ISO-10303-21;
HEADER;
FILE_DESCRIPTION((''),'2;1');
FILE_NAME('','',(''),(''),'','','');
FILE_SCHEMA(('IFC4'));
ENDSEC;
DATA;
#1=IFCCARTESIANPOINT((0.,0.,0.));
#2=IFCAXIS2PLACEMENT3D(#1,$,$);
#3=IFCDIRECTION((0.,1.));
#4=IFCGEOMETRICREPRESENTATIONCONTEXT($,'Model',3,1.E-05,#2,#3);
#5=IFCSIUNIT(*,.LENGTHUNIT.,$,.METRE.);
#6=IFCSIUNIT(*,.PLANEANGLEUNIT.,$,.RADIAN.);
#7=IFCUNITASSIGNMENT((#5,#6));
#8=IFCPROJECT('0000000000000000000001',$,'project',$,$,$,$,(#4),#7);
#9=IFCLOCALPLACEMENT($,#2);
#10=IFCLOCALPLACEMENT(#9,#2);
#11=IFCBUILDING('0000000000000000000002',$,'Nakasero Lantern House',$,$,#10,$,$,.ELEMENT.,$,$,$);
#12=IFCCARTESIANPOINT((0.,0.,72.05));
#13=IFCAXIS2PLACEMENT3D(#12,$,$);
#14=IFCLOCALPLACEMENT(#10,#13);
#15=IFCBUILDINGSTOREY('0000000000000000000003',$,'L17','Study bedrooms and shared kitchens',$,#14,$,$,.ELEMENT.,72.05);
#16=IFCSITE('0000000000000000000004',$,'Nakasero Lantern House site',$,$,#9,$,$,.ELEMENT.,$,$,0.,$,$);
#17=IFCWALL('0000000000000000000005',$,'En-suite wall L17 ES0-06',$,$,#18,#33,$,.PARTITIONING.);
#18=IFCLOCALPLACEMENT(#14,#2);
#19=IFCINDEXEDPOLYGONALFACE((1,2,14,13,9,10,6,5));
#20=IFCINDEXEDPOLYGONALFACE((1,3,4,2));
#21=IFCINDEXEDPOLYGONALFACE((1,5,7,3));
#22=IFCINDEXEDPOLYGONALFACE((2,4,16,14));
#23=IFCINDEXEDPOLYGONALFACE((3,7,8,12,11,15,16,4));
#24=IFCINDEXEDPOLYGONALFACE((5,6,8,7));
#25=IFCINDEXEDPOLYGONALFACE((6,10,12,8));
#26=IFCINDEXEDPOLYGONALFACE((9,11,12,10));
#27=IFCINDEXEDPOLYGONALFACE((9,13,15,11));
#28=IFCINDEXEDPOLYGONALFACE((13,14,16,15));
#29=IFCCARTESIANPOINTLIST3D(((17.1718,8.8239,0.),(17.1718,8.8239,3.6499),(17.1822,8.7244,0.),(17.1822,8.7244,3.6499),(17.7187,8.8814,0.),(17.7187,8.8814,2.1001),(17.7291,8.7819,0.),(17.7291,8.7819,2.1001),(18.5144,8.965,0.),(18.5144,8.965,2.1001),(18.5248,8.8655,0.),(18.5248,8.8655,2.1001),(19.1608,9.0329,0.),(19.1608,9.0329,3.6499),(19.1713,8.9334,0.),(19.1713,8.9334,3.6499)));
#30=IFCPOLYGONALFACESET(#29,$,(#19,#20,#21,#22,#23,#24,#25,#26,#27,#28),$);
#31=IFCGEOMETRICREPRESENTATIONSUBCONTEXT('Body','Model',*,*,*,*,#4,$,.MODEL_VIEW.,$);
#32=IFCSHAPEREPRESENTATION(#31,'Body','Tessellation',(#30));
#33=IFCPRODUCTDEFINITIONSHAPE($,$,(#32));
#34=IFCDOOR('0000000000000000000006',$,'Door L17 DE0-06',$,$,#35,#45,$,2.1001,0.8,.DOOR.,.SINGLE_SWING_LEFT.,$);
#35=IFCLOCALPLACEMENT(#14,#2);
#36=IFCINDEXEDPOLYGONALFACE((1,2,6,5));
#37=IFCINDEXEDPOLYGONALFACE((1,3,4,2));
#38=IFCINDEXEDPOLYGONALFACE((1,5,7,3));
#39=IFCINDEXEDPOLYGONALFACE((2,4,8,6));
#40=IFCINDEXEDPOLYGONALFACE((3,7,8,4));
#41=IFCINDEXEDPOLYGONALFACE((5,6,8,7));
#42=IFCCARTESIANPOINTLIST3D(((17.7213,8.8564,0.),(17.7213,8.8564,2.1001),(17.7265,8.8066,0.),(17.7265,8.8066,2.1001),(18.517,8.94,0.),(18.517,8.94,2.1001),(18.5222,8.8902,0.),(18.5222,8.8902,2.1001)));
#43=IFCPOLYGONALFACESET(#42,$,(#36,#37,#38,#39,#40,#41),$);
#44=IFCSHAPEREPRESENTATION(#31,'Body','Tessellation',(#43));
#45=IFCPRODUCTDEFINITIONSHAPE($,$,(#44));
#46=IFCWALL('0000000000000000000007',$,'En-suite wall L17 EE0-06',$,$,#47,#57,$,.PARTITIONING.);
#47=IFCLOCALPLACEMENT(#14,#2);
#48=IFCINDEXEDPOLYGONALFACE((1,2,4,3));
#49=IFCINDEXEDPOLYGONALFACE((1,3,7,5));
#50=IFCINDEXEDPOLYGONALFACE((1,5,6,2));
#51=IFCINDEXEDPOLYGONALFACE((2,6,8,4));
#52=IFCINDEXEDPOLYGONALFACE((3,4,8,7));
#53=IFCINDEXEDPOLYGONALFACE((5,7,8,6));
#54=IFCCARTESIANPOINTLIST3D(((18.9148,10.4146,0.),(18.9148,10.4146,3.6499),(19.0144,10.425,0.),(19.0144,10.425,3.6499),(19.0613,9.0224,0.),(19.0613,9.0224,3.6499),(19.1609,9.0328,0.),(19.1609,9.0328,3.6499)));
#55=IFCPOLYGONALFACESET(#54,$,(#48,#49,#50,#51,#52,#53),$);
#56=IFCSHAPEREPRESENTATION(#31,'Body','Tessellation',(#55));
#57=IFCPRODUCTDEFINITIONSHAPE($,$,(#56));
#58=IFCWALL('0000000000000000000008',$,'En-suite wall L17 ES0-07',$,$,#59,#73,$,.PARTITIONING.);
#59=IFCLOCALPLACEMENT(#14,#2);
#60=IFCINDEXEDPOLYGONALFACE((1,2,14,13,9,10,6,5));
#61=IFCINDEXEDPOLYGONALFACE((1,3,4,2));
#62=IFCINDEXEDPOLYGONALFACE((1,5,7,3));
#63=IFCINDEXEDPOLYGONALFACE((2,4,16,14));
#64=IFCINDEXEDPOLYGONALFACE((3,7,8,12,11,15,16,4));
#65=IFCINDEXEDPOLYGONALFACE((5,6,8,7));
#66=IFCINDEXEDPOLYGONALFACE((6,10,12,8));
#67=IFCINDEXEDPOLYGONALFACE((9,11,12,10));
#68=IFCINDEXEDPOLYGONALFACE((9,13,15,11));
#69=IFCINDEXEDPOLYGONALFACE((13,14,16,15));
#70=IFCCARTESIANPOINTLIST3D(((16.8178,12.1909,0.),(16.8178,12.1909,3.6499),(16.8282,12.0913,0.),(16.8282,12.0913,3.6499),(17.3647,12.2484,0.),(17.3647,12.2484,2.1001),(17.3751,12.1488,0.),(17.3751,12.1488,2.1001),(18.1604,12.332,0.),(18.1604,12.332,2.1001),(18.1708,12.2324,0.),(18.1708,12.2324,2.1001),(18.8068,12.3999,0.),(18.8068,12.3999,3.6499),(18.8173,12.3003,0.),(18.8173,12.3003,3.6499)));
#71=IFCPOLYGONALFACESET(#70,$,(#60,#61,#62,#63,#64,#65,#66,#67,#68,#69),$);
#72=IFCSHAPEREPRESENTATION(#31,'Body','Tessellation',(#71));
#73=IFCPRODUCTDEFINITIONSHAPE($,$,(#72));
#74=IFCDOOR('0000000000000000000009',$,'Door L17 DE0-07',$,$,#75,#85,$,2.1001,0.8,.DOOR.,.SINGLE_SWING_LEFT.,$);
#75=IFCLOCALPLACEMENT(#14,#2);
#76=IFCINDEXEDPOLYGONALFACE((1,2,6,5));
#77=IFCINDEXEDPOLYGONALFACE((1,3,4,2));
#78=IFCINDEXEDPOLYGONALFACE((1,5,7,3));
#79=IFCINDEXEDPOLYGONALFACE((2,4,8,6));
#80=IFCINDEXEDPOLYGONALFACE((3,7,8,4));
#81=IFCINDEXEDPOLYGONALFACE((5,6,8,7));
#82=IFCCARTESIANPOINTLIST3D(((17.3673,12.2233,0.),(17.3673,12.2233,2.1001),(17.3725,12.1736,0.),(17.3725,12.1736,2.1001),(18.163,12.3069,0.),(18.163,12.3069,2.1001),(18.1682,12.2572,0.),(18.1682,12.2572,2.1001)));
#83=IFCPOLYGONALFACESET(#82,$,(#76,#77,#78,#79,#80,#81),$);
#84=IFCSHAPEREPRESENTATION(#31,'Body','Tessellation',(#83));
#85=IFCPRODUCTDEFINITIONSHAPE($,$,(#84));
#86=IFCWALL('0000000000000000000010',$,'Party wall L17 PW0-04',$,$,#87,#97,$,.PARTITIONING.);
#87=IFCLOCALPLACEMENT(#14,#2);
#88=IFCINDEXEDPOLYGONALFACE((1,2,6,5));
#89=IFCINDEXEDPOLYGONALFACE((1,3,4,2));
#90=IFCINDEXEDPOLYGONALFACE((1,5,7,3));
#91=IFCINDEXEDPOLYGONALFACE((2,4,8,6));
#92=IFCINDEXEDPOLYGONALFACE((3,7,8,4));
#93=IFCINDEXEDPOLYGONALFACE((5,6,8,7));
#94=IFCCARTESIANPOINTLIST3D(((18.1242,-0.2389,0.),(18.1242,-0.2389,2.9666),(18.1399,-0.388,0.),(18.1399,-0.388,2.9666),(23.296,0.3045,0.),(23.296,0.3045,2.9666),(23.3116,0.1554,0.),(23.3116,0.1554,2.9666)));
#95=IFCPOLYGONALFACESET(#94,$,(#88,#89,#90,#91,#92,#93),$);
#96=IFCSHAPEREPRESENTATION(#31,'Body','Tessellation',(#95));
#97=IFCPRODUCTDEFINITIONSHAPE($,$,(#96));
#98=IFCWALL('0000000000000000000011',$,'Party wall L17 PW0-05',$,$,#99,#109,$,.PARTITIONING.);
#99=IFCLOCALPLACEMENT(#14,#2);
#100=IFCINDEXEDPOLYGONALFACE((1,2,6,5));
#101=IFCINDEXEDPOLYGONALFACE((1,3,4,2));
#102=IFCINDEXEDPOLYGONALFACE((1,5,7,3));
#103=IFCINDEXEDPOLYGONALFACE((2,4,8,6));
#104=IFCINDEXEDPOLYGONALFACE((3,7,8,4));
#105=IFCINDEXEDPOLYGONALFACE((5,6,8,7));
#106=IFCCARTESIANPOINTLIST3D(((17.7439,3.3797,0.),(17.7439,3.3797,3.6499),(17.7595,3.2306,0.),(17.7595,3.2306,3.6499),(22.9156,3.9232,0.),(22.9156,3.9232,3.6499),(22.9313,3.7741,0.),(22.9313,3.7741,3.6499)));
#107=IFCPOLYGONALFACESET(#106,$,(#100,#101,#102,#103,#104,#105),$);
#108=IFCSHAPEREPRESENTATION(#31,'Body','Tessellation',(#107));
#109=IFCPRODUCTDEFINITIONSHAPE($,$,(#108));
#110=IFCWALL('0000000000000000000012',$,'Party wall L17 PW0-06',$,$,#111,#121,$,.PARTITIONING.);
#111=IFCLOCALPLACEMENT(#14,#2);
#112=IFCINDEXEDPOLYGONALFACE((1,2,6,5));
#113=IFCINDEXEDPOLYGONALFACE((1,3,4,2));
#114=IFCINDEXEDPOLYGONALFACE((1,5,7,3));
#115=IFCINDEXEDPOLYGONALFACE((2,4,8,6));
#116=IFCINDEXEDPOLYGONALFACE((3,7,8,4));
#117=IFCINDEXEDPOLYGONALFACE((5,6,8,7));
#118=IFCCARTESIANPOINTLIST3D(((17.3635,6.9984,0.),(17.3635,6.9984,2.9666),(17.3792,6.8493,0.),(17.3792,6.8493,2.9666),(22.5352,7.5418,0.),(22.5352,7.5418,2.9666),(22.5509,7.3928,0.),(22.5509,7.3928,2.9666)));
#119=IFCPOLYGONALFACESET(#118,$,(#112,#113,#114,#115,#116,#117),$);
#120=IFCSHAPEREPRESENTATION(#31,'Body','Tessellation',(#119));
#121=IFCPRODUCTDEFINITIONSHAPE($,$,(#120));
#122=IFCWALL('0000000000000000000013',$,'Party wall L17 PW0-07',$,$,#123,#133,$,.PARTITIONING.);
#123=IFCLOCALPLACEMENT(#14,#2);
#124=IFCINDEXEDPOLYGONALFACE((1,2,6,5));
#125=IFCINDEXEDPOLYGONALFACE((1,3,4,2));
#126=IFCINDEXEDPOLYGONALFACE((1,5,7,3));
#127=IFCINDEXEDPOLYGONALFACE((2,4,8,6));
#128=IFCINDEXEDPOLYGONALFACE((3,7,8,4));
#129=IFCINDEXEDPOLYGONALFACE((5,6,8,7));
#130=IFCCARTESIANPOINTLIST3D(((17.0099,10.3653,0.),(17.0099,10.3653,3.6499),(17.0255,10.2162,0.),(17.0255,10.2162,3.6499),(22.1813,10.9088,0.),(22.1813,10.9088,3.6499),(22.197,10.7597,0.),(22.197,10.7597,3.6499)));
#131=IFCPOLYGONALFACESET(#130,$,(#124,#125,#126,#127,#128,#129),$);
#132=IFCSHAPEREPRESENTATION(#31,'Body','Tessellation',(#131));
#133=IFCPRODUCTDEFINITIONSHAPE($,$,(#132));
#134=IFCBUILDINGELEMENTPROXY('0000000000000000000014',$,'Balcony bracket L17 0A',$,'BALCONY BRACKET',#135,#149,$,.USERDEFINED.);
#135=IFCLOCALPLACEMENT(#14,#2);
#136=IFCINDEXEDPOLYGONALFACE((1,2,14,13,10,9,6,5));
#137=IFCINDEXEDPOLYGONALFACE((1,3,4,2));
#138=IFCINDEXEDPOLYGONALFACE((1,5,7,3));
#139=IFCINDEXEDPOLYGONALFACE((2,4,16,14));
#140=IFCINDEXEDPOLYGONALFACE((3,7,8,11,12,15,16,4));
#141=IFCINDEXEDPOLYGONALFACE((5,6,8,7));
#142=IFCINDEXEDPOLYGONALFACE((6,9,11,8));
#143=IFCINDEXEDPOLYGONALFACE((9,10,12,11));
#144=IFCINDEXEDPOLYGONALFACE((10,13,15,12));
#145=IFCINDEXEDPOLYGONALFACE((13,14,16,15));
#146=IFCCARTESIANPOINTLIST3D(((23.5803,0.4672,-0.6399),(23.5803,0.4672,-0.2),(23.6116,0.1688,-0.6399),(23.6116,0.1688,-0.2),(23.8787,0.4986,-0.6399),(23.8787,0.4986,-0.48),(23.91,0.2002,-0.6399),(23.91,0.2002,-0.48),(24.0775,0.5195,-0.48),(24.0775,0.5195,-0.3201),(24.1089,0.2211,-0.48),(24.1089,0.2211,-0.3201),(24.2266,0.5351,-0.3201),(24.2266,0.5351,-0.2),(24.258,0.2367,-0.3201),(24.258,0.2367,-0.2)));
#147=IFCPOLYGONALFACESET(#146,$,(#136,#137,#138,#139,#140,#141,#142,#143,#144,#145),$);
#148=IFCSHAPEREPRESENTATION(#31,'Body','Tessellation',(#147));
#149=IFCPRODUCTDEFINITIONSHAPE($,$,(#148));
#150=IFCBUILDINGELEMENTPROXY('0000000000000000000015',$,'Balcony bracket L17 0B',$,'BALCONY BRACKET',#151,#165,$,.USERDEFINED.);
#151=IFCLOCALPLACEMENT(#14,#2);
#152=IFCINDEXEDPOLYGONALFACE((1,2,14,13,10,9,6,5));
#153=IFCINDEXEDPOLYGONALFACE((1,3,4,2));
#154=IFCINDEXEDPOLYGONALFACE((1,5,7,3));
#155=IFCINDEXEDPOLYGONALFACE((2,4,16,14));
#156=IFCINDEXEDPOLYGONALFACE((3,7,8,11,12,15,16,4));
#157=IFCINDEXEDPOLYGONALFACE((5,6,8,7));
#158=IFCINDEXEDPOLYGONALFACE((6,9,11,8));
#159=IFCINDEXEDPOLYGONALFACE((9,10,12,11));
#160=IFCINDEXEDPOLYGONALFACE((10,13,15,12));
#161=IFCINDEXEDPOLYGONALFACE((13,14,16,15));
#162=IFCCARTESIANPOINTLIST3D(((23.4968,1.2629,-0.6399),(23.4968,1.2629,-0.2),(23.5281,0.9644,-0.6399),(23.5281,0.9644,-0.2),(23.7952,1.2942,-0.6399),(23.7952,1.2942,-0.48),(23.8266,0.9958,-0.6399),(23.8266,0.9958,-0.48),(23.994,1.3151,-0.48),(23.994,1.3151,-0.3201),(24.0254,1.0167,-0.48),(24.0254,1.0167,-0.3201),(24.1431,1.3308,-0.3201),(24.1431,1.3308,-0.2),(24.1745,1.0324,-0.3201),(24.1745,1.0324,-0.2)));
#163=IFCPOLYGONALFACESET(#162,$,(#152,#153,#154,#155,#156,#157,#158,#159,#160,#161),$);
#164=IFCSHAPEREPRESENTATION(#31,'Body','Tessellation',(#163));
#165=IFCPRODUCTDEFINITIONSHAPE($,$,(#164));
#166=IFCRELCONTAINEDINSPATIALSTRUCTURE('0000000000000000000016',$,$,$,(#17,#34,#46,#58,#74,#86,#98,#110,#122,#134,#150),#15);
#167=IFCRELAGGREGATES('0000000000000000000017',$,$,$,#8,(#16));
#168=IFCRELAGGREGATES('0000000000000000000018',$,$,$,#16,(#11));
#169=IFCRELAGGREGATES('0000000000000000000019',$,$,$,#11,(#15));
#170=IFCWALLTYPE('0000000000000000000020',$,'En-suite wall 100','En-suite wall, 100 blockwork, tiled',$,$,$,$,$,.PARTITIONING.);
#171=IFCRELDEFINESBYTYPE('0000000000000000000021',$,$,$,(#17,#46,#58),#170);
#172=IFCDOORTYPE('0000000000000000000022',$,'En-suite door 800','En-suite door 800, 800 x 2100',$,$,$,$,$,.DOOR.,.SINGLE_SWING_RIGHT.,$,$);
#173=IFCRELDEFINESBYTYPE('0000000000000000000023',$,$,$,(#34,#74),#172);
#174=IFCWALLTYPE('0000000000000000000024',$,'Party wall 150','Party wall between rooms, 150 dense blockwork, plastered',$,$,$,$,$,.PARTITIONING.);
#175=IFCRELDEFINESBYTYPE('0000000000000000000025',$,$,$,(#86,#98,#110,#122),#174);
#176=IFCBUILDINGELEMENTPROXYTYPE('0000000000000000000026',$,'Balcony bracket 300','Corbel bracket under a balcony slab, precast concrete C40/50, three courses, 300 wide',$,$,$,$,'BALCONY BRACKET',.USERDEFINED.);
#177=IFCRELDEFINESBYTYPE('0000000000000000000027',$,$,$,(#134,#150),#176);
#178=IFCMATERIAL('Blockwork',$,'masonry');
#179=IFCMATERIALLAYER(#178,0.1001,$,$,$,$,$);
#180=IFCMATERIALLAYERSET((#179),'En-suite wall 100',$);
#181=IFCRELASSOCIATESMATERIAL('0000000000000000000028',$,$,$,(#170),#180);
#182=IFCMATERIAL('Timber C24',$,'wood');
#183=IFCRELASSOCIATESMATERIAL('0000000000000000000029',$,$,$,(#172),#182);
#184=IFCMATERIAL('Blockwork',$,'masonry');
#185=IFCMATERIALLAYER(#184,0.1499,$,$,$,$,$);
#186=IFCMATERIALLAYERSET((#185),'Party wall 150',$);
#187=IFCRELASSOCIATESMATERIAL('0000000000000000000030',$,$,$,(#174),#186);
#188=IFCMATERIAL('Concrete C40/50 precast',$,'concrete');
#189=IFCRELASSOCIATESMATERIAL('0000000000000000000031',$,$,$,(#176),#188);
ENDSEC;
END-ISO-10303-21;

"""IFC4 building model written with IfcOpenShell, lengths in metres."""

from ifc_helpers import new_model, si_unit, direction, frame, frame_2d, origin, place, context, subcontext, project, spatial, polyline, rectangle, outline, extrude, material, layer, layer_set, type_object, element, fill, save


model = new_model("IFC4")

# Units and contexts
model_context = context("Model", 3, precision=1e-05, world=origin(), true_north=direction((0.0, 1.0)))
body_context = subcontext(model_context, "Body", "Model", "MODEL_VIEW")
ifc_project = project(units=[si_unit("LENGTHUNIT", "METRE"), si_unit("PLANEANGLEUNIT", "RADIAN")], contexts=[model_context])

# Site, building, storey
site_placement = place(None, origin())
site = spatial("IfcSite", under=ifc_project, at=site_placement, Name="Nakasero Lantern House site", CompositionType="ELEMENT", RefElevation=0.0)
building_placement = place(site_placement, origin())
building = spatial("IfcBuilding", under=site, at=building_placement, Name="Nakasero Lantern House", CompositionType="ELEMENT")
storey_placement = place(building_placement, frame((0.0, 0.0, 72.05)))
storey = spatial("IfcBuildingStorey", under=building, at=storey_placement, Name="L17", Description="Study bedrooms and shared kitchens", CompositionType="ELEMENT", Elevation=72.05)

# Shared definitions
ifc_material_1 = material(Name="Blockwork", Category="masonry")
ifc_layer_1 = layer(ifc_material_1, 0.1001)
ifc_layer_set_1 = layer_set([ifc_layer_1], Name="En-suite wall 100")
wall_type_1 = type_object("IfcWallType", Name="En-suite wall 100", Description="En-suite wall, 100 blockwork, tiled", PredefinedType="PARTITIONING", material=ifc_layer_set_1)
ifc_material_2 = material(Name="Timber C24", Category="wood")
door_type = type_object("IfcDoorType", Name="En-suite door 800", Description="En-suite door 800, 800 x 2100", OperationType="SINGLE_SWING_RIGHT", PredefinedType="DOOR", material=ifc_material_2)

# Wall, opening, door
wall_1_placement = place(storey_placement, frame((17.177, 8.7742, 0.0), z_axis=(0.0, 0.0, 1.0), x_axis=(0.994526, 0.104494, 0.0)))
wall_1 = element("IfcWall", 1, at=wall_1_placement, inside=storey, type_object=wall_type_1, Name="En-suite wall L17 ES0-06", PredefinedType="PARTITIONING", context=body_context, shape_type="SweptSolid", body=[
    extrude(rectangle(XDim=2.0, YDim=0.1001, at=frame_2d((1.0, 0.0))), origin(), (0.0, 0.0, 1.0), 3.6499),
])
opening_1_placement = place(wall_1_placement, frame((0.55, 0.0, 0.0)))
opening_1 = element("IfcOpeningElement", 2, at=opening_1_placement, cuts=wall_1, PredefinedType="OPENING", context=body_context, shape_type="SweptSolid", body=[
    extrude(rectangle(XDim=0.8, YDim=2.1001, at=frame_2d((0.3999, 1.05))), frame((0.0, 0.0701, 0.0), z_axis=(0.0, -1.0, 0.0), x_axis=(1.0, 0.0, 0.0)), (0.0, 0.0, 1.0), 0.1401),
])
door_1_placement = place(opening_1_placement, origin())
door_1 = element("IfcDoor", 3, at=door_1_placement, inside=storey, type_object=door_type, Name="Door L17 DE0-06", OperationType="SINGLE_SWING_LEFT", OverallHeight=2.1001, OverallWidth=0.8, PredefinedType="DOOR", context=body_context, shape_type="SweptSolid", body=[
    extrude(rectangle(XDim=0.8, YDim=2.1001, at=frame_2d((0.3999, 1.05))), frame((0.0, 0.0249, 0.0), z_axis=(0.0, -1.0, 0.0), x_axis=(1.0, 0.0, 0.0)), (0.0, 0.0, 1.0), 0.05),
])
fill(opening_1, door_1)

# Wall
wall_2_placement = place(storey_placement, frame((19.1111, 9.0276, 0.0), z_axis=(0.0, 0.0, 1.0), x_axis=(-0.10463, 0.994511, 0.0)))
element("IfcWall", 4, at=wall_2_placement, inside=storey, type_object=wall_type_1, Name="En-suite wall L17 EE0-06", PredefinedType="PARTITIONING", context=body_context, shape_type="SweptSolid", body=[
    extrude(rectangle(XDim=1.3999, YDim=0.1001, at=frame_2d((0.7, 0.0))), origin(), (0.0, 0.0, 1.0), 3.6499),
])

# Wall, opening, door
wall_3_placement = place(storey_placement, frame((16.823, 12.1411, 0.0), z_axis=(0.0, 0.0, 1.0), x_axis=(0.994526, 0.104494, 0.0)))
wall_3 = element("IfcWall", 5, at=wall_3_placement, inside=storey, type_object=wall_type_1, Name="En-suite wall L17 ES0-07", PredefinedType="PARTITIONING", context=body_context, shape_type="SweptSolid", body=[
    extrude(rectangle(XDim=2.0, YDim=0.1001, at=frame_2d((1.0, 0.0))), origin(), (0.0, 0.0, 1.0), 3.6499),
])
opening_2_placement = place(wall_3_placement, frame((0.55, 0.0, 0.0)))
opening_2 = element("IfcOpeningElement", 6, at=opening_2_placement, cuts=wall_3, PredefinedType="OPENING", context=body_context, shape_type="SweptSolid", body=[
    extrude(rectangle(XDim=0.8, YDim=2.1001, at=frame_2d((0.3999, 1.05))), frame((0.0, 0.0701, 0.0), z_axis=(0.0, -1.0, 0.0), x_axis=(1.0, 0.0, 0.0)), (0.0, 0.0, 1.0), 0.1401),
])
door_2_placement = place(opening_2_placement, origin())
door_2 = element("IfcDoor", 7, at=door_2_placement, inside=storey, type_object=door_type, Name="Door L17 DE0-07", OperationType="SINGLE_SWING_LEFT", OverallHeight=2.1001, OverallWidth=0.8, PredefinedType="DOOR", context=body_context, shape_type="SweptSolid", body=[
    extrude(rectangle(XDim=0.8, YDim=2.1001, at=frame_2d((0.3999, 1.05))), frame((0.0, 0.0249, 0.0), z_axis=(0.0, -1.0, 0.0), x_axis=(1.0, 0.0, 0.0)), (0.0, 0.0, 1.0), 0.05),
])
fill(opening_2, door_2)

# Walls
ifc_material_3 = material(Name="Blockwork", Category="masonry")
ifc_layer_2 = layer(ifc_material_3, 0.1499)
ifc_layer_set_2 = layer_set([ifc_layer_2], Name="Party wall 150")
wall_type_2 = type_object("IfcWallType", Name="Party wall 150", Description="Party wall between rooms, 150 dense blockwork, plastered", PredefinedType="PARTITIONING", material=ifc_layer_set_2)
wall_4_placement = place(storey_placement, frame((18.1321, -0.3135, 0.0), z_axis=(0.0, 0.0, 1.0), x_axis=(0.994524, 0.104509, 0.0)))
element("IfcWall", 8, at=wall_4_placement, inside=storey, type_object=wall_type_2, Name="Party wall L17 PW0-04", PredefinedType="PARTITIONING", context=body_context, shape_type="SweptSolid", body=[
    extrude(rectangle(XDim=5.2002, YDim=0.1499, at=frame_2d((2.6001, 0.0))), origin(), (0.0, 0.0, 1.0), 2.9666),
])
wall_5_placement = place(storey_placement, frame((17.7517, 3.3052, 0.0), z_axis=(0.0, 0.0, 1.0), x_axis=(0.994524, 0.104509, 0.0)))
element("IfcWall", 9, at=wall_5_placement, inside=storey, type_object=wall_type_2, Name="Party wall L17 PW0-05", PredefinedType="PARTITIONING", context=body_context, shape_type="SweptSolid", body=[
    extrude(rectangle(XDim=5.2002, YDim=0.1499, at=frame_2d((2.6001, 0.0))), origin(), (0.0, 0.0, 1.0), 3.6499),
])
wall_6_placement = place(storey_placement, frame((17.3713, 6.9238, 0.0), z_axis=(0.0, 0.0, 1.0), x_axis=(0.994524, 0.104509, 0.0)))
element("IfcWall", 10, at=wall_6_placement, inside=storey, type_object=wall_type_2, Name="Party wall L17 PW0-06", PredefinedType="PARTITIONING", context=body_context, shape_type="SweptSolid", body=[
    extrude(rectangle(XDim=5.2002, YDim=0.1499, at=frame_2d((2.6001, 0.0))), origin(), (0.0, 0.0, 1.0), 2.9666),
])
wall_7_placement = place(storey_placement, frame((17.0176, 10.2908, 0.0), z_axis=(0.0, 0.0, 1.0), x_axis=(0.994523, 0.104514, 0.0)))
element("IfcWall", 11, at=wall_7_placement, inside=storey, type_object=wall_type_2, Name="Party wall L17 PW0-07", PredefinedType="PARTITIONING", context=body_context, shape_type="SweptSolid", body=[
    extrude(rectangle(XDim=5.2, YDim=0.1499, at=frame_2d((2.6001, 0.0))), origin(), (0.0, 0.0, 1.0), 3.6499),
])

# Building element proxies
ifc_material_4 = material(Name="Concrete C40/50 precast", Category="concrete")
building_element_proxy_type = type_object("IfcBuildingElementProxyType", Name="Balcony bracket 300", Description="Corbel bracket under a balcony slab, precast concrete C40/50, three courses, 300 wide", ElementType="BALCONY BRACKET", PredefinedType="USERDEFINED", material=ifc_material_4)
for number, where, z_axis, x_axis, name in (
    (12, (23.5959, 0.3181, -0.2), (0.0, 0.0, 1.0), (0.994522, 0.104528, 0.0), "Balcony bracket L17 0A"),
    (13, (23.5125, 1.1138, -0.2), (0.0, 0.0, 1.0), (0.994522, 0.104528, 0.0), "Balcony bracket L17 0B"),
):
    element("IfcBuildingElementProxy", number, at=place(storey_placement, frame(where, z_axis=z_axis, x_axis=x_axis)), inside=storey, type_object=building_element_proxy_type, Name=name, ObjectType="BALCONY BRACKET", PredefinedType="USERDEFINED", context=body_context, shape_type="SweptSolid", body=[
        extrude(outline(polyline([(0.0, 0.0), (0.6499, 0.0), (0.6499, -0.1201), (0.5, -0.1201), (0.5, -0.28), (0.3, -0.28), (0.3, -0.4399), (0.0, -0.4399), (0.0, 0.0)])), frame((0.0, 0.1499, 0.0), z_axis=(0.0, -1.0, 0.0), x_axis=(1.0, 0.0, 0.0)), (0.0, 0.0, 1.0), 0.3),
    ])

save(model, "model.ifc")
